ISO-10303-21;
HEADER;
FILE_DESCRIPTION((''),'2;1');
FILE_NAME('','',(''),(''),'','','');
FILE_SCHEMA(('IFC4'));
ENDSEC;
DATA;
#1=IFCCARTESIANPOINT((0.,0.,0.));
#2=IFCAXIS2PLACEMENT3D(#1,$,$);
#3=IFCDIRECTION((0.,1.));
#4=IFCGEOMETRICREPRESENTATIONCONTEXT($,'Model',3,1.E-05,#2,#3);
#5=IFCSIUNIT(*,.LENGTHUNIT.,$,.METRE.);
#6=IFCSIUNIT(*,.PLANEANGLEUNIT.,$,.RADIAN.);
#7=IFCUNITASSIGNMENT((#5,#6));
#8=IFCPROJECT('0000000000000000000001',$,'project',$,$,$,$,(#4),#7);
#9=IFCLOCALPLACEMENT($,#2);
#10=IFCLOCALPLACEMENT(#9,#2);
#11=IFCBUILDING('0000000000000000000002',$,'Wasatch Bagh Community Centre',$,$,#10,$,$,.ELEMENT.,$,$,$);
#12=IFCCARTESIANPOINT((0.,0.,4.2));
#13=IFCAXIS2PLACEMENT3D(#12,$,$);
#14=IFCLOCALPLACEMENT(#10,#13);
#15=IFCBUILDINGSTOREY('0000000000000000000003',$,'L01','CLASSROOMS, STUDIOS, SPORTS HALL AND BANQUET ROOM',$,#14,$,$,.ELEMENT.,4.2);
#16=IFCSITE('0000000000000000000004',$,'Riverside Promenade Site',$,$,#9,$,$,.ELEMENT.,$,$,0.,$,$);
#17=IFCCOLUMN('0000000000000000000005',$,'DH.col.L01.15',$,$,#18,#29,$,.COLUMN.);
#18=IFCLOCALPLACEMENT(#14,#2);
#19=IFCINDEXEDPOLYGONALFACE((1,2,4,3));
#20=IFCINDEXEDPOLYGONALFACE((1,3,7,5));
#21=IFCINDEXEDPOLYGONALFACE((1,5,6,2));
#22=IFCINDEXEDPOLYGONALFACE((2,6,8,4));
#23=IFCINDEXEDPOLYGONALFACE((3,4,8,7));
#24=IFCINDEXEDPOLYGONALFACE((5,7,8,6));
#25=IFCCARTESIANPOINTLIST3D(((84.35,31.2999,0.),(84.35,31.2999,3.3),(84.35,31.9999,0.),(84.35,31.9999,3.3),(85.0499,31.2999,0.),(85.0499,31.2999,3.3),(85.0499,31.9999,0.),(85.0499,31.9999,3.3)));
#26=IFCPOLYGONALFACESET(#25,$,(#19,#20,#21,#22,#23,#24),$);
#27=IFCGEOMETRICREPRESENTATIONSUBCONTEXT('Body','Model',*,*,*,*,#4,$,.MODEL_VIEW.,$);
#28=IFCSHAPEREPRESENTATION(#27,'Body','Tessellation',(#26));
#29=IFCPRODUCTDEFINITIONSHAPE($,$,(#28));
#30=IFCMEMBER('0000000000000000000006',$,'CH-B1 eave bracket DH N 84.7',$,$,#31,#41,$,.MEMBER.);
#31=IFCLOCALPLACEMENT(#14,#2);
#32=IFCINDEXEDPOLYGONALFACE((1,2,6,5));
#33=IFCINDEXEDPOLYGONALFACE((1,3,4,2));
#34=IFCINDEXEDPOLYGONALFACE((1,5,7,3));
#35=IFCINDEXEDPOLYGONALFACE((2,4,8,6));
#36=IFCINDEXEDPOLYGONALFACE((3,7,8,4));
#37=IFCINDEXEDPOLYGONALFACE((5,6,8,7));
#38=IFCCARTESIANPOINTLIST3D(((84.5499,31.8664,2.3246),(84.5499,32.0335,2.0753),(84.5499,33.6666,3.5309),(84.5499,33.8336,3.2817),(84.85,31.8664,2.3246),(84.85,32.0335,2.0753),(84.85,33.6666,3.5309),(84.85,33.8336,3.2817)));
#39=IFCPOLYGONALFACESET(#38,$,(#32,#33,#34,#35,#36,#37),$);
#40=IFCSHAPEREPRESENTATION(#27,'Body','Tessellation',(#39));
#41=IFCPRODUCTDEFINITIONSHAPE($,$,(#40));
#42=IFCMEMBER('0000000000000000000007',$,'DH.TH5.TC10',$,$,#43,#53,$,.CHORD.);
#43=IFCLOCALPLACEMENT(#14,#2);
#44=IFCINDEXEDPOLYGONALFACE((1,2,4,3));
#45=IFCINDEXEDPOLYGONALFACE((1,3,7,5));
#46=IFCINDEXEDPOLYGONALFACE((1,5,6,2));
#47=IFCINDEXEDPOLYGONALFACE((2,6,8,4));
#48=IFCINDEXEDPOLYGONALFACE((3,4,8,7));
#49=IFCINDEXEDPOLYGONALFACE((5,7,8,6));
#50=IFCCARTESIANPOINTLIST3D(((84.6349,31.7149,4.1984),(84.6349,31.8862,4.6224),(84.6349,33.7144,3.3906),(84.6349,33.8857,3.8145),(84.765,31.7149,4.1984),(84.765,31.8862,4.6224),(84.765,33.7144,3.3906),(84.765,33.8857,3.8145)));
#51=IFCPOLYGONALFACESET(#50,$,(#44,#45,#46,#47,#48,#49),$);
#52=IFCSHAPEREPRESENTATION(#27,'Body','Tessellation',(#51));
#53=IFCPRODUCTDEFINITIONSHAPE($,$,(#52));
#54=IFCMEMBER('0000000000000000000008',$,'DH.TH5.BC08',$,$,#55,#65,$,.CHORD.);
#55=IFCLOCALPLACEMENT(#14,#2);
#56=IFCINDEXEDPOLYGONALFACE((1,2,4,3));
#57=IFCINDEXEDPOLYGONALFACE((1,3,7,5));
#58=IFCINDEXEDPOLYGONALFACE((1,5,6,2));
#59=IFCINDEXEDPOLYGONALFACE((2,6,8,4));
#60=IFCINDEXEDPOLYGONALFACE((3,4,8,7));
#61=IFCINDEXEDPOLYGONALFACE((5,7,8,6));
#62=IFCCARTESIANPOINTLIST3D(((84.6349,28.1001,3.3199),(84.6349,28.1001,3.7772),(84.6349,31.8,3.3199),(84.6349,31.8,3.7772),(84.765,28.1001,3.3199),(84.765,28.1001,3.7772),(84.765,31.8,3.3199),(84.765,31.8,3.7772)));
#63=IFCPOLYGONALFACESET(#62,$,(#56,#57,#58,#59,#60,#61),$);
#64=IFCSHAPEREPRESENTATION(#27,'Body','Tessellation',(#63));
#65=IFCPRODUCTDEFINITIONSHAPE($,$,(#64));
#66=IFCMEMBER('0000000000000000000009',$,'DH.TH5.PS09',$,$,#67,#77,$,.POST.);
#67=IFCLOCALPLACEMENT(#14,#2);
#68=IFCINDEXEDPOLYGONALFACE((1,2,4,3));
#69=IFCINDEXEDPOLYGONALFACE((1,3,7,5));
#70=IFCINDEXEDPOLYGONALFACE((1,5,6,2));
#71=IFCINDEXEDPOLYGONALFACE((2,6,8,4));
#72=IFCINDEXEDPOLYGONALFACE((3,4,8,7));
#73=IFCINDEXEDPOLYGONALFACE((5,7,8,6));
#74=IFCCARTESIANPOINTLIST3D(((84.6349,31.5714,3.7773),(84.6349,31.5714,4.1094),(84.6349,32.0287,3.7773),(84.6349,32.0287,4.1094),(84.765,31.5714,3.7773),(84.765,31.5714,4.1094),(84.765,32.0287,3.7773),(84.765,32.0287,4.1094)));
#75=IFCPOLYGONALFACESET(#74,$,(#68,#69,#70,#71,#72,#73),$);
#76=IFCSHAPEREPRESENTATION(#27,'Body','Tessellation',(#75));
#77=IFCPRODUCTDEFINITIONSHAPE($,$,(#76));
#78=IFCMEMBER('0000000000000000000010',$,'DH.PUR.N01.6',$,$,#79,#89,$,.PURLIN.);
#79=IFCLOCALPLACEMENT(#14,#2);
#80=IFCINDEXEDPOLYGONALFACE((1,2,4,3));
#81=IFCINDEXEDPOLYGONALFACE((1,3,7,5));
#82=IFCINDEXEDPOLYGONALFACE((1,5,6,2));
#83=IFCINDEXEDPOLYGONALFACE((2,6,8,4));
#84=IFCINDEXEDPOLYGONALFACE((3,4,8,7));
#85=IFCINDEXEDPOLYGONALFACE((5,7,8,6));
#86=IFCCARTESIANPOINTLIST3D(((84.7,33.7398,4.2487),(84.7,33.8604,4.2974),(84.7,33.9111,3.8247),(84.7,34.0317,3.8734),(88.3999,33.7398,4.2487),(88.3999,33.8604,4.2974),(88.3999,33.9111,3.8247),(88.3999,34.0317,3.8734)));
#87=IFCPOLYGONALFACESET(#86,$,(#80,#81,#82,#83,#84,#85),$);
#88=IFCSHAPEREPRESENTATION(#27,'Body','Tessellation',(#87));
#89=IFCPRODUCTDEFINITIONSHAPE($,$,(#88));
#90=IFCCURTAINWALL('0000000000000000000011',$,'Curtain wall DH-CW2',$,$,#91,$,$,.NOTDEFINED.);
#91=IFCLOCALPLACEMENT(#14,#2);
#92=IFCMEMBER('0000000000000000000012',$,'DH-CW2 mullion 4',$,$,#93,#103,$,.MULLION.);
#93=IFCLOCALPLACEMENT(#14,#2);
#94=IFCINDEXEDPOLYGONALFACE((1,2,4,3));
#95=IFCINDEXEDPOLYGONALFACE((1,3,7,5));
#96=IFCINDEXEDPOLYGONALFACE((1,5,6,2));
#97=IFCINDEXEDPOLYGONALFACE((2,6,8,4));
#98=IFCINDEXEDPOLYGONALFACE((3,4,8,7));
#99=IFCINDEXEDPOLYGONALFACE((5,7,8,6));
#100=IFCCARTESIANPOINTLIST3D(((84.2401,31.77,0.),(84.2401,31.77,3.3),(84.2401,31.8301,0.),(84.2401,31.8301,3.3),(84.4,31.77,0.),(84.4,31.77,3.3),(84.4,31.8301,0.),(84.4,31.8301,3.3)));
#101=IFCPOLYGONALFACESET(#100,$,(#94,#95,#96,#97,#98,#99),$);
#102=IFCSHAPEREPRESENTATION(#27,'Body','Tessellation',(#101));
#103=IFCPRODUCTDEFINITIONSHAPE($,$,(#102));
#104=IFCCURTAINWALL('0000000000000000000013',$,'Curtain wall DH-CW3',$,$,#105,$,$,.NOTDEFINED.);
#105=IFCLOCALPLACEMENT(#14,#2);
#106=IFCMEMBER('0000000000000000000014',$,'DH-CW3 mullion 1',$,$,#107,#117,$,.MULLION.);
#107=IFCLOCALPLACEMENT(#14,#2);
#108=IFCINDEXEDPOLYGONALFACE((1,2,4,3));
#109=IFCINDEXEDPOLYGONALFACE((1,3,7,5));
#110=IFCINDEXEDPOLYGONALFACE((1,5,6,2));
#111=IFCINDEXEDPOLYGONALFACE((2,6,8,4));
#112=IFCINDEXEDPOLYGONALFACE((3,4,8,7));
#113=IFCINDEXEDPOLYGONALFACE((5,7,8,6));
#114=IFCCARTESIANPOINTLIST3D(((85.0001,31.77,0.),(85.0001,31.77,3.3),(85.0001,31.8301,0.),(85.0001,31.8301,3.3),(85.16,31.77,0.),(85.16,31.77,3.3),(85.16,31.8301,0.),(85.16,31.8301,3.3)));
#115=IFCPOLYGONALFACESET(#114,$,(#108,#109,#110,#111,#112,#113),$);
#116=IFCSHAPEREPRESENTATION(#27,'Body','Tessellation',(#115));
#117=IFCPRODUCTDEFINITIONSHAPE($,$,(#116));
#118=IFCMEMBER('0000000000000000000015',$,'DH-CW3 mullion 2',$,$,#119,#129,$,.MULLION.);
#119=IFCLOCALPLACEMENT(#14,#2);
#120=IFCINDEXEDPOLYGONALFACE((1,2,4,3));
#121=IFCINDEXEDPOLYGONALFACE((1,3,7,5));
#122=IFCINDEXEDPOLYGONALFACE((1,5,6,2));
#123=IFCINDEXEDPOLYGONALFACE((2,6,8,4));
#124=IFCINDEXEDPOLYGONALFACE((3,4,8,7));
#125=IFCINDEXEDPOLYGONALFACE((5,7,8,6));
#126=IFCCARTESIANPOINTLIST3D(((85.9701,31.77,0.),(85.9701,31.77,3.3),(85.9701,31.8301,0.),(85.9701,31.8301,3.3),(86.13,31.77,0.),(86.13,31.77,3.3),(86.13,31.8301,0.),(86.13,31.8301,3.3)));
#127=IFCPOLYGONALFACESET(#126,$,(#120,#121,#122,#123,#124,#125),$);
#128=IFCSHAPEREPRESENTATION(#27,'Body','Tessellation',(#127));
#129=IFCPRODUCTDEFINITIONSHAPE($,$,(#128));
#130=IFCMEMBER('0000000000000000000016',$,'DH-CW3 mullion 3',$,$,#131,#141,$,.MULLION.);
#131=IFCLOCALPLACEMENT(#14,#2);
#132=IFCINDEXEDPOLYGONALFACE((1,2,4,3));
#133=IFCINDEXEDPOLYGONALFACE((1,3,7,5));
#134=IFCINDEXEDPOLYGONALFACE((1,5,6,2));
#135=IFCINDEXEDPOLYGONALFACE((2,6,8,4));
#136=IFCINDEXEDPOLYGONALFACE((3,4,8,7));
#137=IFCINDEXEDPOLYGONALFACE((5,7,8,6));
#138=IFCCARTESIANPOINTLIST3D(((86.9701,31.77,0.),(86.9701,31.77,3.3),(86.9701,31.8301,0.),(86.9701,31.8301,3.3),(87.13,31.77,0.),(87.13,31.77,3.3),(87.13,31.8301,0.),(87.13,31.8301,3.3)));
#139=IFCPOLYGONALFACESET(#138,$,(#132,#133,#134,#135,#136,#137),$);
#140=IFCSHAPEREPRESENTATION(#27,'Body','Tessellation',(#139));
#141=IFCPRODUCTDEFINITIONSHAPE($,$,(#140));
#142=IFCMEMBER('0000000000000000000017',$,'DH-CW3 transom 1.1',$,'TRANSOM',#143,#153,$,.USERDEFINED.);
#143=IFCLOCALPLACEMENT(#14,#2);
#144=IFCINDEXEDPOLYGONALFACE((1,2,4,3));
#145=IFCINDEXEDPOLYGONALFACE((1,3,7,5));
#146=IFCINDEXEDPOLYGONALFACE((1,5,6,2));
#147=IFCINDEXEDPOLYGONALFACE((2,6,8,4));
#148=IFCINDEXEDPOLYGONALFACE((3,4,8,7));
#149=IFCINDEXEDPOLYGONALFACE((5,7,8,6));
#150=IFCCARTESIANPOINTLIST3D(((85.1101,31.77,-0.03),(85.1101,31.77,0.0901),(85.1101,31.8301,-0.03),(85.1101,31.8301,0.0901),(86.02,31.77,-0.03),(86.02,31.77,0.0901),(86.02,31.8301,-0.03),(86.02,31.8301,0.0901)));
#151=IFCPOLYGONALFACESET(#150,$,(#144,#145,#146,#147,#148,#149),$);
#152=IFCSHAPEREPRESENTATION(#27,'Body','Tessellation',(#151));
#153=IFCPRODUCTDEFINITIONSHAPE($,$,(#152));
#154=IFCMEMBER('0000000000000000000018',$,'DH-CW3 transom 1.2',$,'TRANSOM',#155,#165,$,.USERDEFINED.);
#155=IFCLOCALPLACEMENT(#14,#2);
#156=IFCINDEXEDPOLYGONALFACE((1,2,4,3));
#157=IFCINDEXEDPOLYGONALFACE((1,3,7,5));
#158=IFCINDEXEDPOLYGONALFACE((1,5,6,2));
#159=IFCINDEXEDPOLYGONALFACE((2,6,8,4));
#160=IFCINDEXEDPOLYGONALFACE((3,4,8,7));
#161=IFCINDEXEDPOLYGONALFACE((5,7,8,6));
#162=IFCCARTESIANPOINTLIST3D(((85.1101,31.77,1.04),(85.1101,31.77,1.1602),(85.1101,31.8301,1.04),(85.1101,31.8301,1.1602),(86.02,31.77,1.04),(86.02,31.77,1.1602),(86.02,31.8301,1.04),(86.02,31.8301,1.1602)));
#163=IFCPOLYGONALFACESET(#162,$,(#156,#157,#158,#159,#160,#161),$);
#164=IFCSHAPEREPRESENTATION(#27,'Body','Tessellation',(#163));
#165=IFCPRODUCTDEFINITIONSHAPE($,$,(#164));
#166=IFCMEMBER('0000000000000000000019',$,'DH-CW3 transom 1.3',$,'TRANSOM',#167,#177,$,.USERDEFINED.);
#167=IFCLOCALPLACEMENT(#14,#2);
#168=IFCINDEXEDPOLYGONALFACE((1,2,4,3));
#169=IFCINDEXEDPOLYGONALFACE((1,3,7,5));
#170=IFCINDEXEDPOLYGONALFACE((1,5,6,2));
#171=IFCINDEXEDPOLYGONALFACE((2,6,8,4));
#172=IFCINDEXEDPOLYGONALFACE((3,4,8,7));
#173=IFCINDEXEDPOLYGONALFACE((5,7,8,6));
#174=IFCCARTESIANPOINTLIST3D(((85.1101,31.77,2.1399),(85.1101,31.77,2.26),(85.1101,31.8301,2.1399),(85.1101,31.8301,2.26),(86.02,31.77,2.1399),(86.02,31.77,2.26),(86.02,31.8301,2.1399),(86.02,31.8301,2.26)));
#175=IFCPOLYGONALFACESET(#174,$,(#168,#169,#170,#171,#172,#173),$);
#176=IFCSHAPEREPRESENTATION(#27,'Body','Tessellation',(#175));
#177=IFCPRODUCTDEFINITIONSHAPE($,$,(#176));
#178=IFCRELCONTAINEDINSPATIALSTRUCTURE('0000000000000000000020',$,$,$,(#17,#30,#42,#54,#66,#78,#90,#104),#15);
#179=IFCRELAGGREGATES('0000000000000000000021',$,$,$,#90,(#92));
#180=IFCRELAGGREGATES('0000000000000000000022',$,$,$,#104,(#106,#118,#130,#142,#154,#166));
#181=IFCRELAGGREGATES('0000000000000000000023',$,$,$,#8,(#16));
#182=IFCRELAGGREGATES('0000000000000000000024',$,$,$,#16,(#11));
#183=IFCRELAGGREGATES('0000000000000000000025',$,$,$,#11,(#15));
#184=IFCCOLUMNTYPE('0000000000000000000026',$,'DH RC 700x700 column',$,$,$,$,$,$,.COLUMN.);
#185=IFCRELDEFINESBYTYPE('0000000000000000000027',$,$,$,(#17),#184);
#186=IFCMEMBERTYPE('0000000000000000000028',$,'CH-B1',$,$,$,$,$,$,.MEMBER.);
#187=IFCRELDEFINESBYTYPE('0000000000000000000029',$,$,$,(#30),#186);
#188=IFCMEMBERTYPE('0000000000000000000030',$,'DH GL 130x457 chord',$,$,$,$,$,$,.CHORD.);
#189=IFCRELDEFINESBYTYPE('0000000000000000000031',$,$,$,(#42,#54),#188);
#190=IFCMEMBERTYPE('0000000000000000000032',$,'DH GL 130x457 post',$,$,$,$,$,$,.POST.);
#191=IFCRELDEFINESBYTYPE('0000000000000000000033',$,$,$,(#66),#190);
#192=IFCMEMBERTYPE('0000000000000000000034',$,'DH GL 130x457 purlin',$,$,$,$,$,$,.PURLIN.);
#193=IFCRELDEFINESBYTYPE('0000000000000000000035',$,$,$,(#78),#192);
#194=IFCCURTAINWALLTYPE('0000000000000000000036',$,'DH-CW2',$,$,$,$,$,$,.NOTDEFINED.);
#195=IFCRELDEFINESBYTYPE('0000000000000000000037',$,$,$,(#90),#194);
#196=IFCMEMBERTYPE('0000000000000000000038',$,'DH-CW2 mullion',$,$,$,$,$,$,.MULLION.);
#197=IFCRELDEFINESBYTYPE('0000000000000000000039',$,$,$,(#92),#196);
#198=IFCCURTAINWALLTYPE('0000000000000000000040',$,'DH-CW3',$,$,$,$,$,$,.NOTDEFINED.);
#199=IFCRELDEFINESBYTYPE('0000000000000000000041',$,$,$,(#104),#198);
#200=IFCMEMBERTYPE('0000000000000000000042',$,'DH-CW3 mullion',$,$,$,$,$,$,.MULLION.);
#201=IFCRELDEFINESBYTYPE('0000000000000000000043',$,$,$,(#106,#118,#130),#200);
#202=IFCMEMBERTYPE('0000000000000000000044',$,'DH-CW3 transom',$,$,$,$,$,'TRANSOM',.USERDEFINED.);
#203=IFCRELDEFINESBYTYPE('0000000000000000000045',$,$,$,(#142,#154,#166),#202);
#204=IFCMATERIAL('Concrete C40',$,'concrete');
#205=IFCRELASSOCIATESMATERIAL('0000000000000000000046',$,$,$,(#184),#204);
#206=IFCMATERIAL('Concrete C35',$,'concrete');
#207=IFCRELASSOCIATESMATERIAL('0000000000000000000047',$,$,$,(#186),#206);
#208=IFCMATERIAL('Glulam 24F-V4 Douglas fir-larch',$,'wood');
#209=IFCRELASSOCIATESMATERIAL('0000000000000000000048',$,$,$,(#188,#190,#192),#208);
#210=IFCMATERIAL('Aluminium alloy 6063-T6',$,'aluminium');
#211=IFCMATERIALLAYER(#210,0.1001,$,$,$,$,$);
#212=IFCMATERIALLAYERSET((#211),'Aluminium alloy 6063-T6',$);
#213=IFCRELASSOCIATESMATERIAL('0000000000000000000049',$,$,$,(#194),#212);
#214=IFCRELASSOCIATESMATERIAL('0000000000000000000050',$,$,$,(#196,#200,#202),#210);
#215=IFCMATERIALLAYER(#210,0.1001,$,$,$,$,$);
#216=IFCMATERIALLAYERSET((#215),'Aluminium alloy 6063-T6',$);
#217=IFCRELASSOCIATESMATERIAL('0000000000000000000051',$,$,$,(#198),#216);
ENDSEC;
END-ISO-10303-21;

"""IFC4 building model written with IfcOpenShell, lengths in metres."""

from ifc_helpers import new_model, si_unit, direction, frame, origin, origin_2d, place, context, subcontext, project, spatial, rectangle, extrude, material, layer, layer_set, material_profile, profile_set, type_object, element, aggregate, save


model = new_model("IFC4")

# Units and contexts
model_context = context("Model", 3, precision=1e-05, world=origin(), true_north=direction((0.0, 1.0)))
body_context = subcontext(model_context, "Body", "Model", "MODEL_VIEW")
ifc_project = project(units=[si_unit("LENGTHUNIT", "METRE"), si_unit("PLANEANGLEUNIT", "RADIAN")], contexts=[model_context])

# Site, building, storey
site_placement = place(None, origin())
site = spatial("IfcSite", under=ifc_project, at=site_placement, Name="Riverside Promenade Site", CompositionType="ELEMENT", RefElevation=0.0)
building_placement = place(site_placement, origin())
building = spatial("IfcBuilding", under=site, at=building_placement, Name="Wasatch Bagh Community Centre", CompositionType="ELEMENT")
storey_placement = place(building_placement, frame((0.0, 0.0, 4.2)))
storey = spatial("IfcBuildingStorey", under=building, at=storey_placement, Name="L01", Description="CLASSROOMS, STUDIOS, SPORTS HALL AND BANQUET ROOM", CompositionType="ELEMENT", Elevation=4.2)

# Column
ifc_material_1 = material(Name="Concrete C40", Category="concrete")
ifc_material_profile_1 = material_profile(ifc_material_1, rectangle(XDim=0.7, YDim=0.7, at=origin_2d()), Name="RC 700x700")
ifc_profile_set_1 = profile_set([ifc_material_profile_1], Name="Concrete C40")
column_type = type_object("IfcColumnType", Name="DH RC 700x700 column", PredefinedType="COLUMN", material=ifc_profile_set_1)
column_placement = place(storey_placement, frame((84.7, 31.6499, 0.0), z_axis=(0.0, 0.0, 1.0), x_axis=(1.0, 0.0, 0.0)))
element("IfcColumn", 1, at=column_placement, inside=storey, type_object=column_type, Name="DH.col.L01.15", PredefinedType="COLUMN", context=body_context, shape_type="SweptSolid", body=[
    extrude(rectangle(XDim=0.7, YDim=0.7, at=origin_2d()), origin(), (0.0, 0.0, 1.0), 3.3),
])

# Members
ifc_material_2 = material(Name="Concrete C35", Category="concrete")
ifc_material_profile_2 = material_profile(ifc_material_2, rectangle(XDim=0.3, YDim=0.3, at=origin_2d()), Name="RC 300x300")
ifc_profile_set_2 = profile_set([ifc_material_profile_2], Name="Concrete C35")
member_type_1 = type_object("IfcMemberType", Name="CH-B1", PredefinedType="MEMBER", material=ifc_profile_set_2)
member_1_placement = place(storey_placement, frame((84.7, 31.95, 2.2), z_axis=(0.0, 0.830713, 0.556701), x_axis=(-1.0, 0.0, 0.0)))
element("IfcMember", 2, at=member_1_placement, inside=storey, type_object=member_type_1, Name="CH-B1 eave bracket DH N 84.7", PredefinedType="MEMBER", context=body_context, shape_type="SweptSolid", body=[
    extrude(rectangle(XDim=0.3, YDim=0.3, at=origin_2d()), origin(), (0.0, 0.0, 1.0), 2.167),
])
ifc_material_3 = material(Name="Glulam 24F-V4 Douglas fir-larch", Category="wood")
ifc_material_profile_3 = material_profile(ifc_material_3, rectangle(XDim=0.1301, YDim=0.4573, at=origin_2d()), Name="GL 130x457")
ifc_profile_set_3 = profile_set([ifc_material_profile_3], Name="Glulam 24F-V4 Douglas fir-larch")
member_type_2 = type_object("IfcMemberType", Name="DH GL 130x457 chord", PredefinedType="CHORD", material=ifc_profile_set_3)
member_2_placement = place(storey_placement, frame((84.7, 31.8005, 4.4104), z_axis=(0.0, 0.927183, -0.374609), x_axis=(-1.0, 0.0, 0.0)))
element("IfcMember", 3, at=member_2_placement, inside=storey, type_object=member_type_2, Name="DH.TH5.TC10", PredefinedType="CHORD", context=body_context, shape_type="SweptSolid", body=[
    extrude(rectangle(XDim=0.1301, YDim=0.4573, at=origin_2d()), origin(), (0.0, 0.0, 1.0), 2.1565),
])
member_3_placement = place(storey_placement, frame((84.7, 28.1001, 3.5486), z_axis=(0.0, 1.0, 0.0), x_axis=(-1.0, 0.0, 0.0)))
element("IfcMember", 4, at=member_3_placement, inside=storey, type_object=member_type_2, Name="DH.TH5.BC08", PredefinedType="CHORD", context=body_context, shape_type="SweptSolid", body=[
    extrude(rectangle(XDim=0.1301, YDim=0.4573, at=origin_2d()), origin(), (0.0, 0.0, 1.0), 3.7),
])
ifc_material_profile_4 = material_profile(ifc_material_3, rectangle(XDim=0.1301, YDim=0.4573, at=origin_2d()), Name="GL 130x457")
ifc_profile_set_4 = profile_set([ifc_material_profile_4], Name="Glulam 24F-V4 Douglas fir-larch")
member_type_3 = type_object("IfcMemberType", Name="DH GL 130x457 post", PredefinedType="POST", material=ifc_profile_set_4)
member_4_placement = place(storey_placement, frame((84.7, 31.8, 3.7773), z_axis=(0.0, 0.0, 1.0), x_axis=(1.0, 0.0, 0.0)))
element("IfcMember", 5, at=member_4_placement, inside=storey, type_object=member_type_3, Name="DH.TH5.PS09", PredefinedType="POST", context=body_context, shape_type="SweptSolid", body=[
    extrude(rectangle(XDim=0.1301, YDim=0.4573, at=origin_2d()), origin(), (0.0, 0.0, 1.0), 0.332),
])
ifc_material_profile_5 = material_profile(ifc_material_3, rectangle(XDim=0.1301, YDim=0.4573, at=origin_2d()), Name="GL 130x457")
ifc_profile_set_5 = profile_set([ifc_material_profile_5], Name="Glulam 24F-V4 Douglas fir-larch")
member_type_4 = type_object("IfcMemberType", Name="DH GL 130x457 purlin", PredefinedType="PURLIN", material=ifc_profile_set_5)
member_5_placement = place(storey_placement, frame((84.7, 33.8857, 4.061), z_axis=(1.0, 0.0, 0.0), x_axis=(0.0, 0.927184, 0.374607)))
element("IfcMember", 6, at=member_5_placement, inside=storey, type_object=member_type_4, Name="DH.PUR.N01.6", PredefinedType="PURLIN", context=body_context, shape_type="SweptSolid", body=[
    extrude(rectangle(XDim=0.1301, YDim=0.4573, at=origin_2d()), origin(), (0.0, 0.0, 1.0), 3.7),
])

# Curtain wall, member
ifc_material_4 = material(Name="Aluminium alloy 6063-T6", Category="aluminium")
ifc_layer_1 = layer(ifc_material_4, 0.1001)
ifc_layer_set_1 = layer_set([ifc_layer_1], Name="Aluminium alloy 6063-T6")
curtain_wall_type_1 = type_object("IfcCurtainWallType", Name="DH-CW2", PredefinedType="NOTDEFINED", material=ifc_layer_set_1)
curtain_wall_1_placement = place(storey_placement, origin())
curtain_wall_1 = element("IfcCurtainWall", 7, at=curtain_wall_1_placement, inside=storey, type_object=curtain_wall_type_1, Name="Curtain wall DH-CW2", PredefinedType="NOTDEFINED")
ifc_material_profile_6 = material_profile(ifc_material_4, rectangle(XDim=0.0601, YDim=0.1599, at=origin_2d()), Name="AL 60x160")
ifc_profile_set_6 = profile_set([ifc_material_profile_6], Name="Aluminium alloy 6063-T6")
member_type_5 = type_object("IfcMemberType", Name="DH-CW2 mullion", PredefinedType="MULLION", material=ifc_profile_set_6)
member_6_placement = place(storey_placement, frame((84.3201, 31.8, 0.0), z_axis=(0.0, 0.0, 1.0), x_axis=(0.0, 1.0, 0.0)))
member_6 = element("IfcMember", 8, at=member_6_placement, type_object=member_type_5, Name="DH-CW2 mullion 4", PredefinedType="MULLION", context=body_context, shape_type="SweptSolid", body=[
    extrude(rectangle(XDim=0.0601, YDim=0.1599, at=origin_2d()), origin(), (0.0, 0.0, 1.0), 3.3),
])

# Curtain wall, members
ifc_layer_2 = layer(ifc_material_4, 0.1001)
ifc_layer_set_2 = layer_set([ifc_layer_2], Name="Aluminium alloy 6063-T6")
curtain_wall_type_2 = type_object("IfcCurtainWallType", Name="DH-CW3", PredefinedType="NOTDEFINED", material=ifc_layer_set_2)
curtain_wall_2_placement = place(storey_placement, origin())
curtain_wall_2 = element("IfcCurtainWall", 9, at=curtain_wall_2_placement, inside=storey, type_object=curtain_wall_type_2, Name="Curtain wall DH-CW3", PredefinedType="NOTDEFINED")
ifc_material_profile_7 = material_profile(ifc_material_4, rectangle(XDim=0.0601, YDim=0.1599, at=origin_2d()), Name="AL 60x160")
ifc_profile_set_7 = profile_set([ifc_material_profile_7], Name="Aluminium alloy 6063-T6")
member_type_6 = type_object("IfcMemberType", Name="DH-CW3 mullion", PredefinedType="MULLION", material=ifc_profile_set_7)
member_7_placement = place(storey_placement, frame((85.0801, 31.8, 0.0), z_axis=(0.0, 0.0, 1.0), x_axis=(0.0, 1.0, 0.0)))
member_7 = element("IfcMember", 10, at=member_7_placement, type_object=member_type_6, Name="DH-CW3 mullion 1", PredefinedType="MULLION", context=body_context, shape_type="SweptSolid", body=[
    extrude(rectangle(XDim=0.0601, YDim=0.1599, at=origin_2d()), origin(), (0.0, 0.0, 1.0), 3.3),
])
member_8_placement = place(storey_placement, frame((86.05, 31.8, 0.0), z_axis=(0.0, 0.0, 1.0), x_axis=(0.0, 1.0, 0.0)))
member_8 = element("IfcMember", 11, at=member_8_placement, type_object=member_type_6, Name="DH-CW3 mullion 2", PredefinedType="MULLION", context=body_context, shape_type="SweptSolid", body=[
    extrude(rectangle(XDim=0.0601, YDim=0.1599, at=origin_2d()), origin(), (0.0, 0.0, 1.0), 3.3),
])
member_9_placement = place(storey_placement, frame((87.05, 31.8, 0.0), z_axis=(0.0, 0.0, 1.0), x_axis=(0.0, 1.0, 0.0)))
member_9 = element("IfcMember", 12, at=member_9_placement, type_object=member_type_6, Name="DH-CW3 mullion 3", PredefinedType="MULLION", context=body_context, shape_type="SweptSolid", body=[
    extrude(rectangle(XDim=0.0601, YDim=0.1599, at=origin_2d()), origin(), (0.0, 0.0, 1.0), 3.3),
])
ifc_material_profile_8 = material_profile(ifc_material_4, rectangle(XDim=0.0601, YDim=0.1201, at=origin_2d()), Name="AL 60x120")
ifc_profile_set_8 = profile_set([ifc_material_profile_8], Name="Aluminium alloy 6063-T6")
member_type_7 = type_object("IfcMemberType", Name="DH-CW3 transom", ElementType="TRANSOM", PredefinedType="USERDEFINED", material=ifc_profile_set_8)
member_10_placement = place(storey_placement, frame((85.1101, 31.8, 0.03), z_axis=(1.0, 0.0, 0.0), x_axis=(0.0, 1.0, 0.0)))
member_10 = element("IfcMember", 13, at=member_10_placement, type_object=member_type_7, Name="DH-CW3 transom 1.1", ObjectType="TRANSOM", PredefinedType="USERDEFINED", context=body_context, shape_type="SweptSolid", body=[
    extrude(rectangle(XDim=0.0601, YDim=0.1201, at=origin_2d()), origin(), (0.0, 0.0, 1.0), 0.9099),
])
member_11_placement = place(storey_placement, frame((85.1101, 31.8, 1.1001), z_axis=(1.0, 0.0, 0.0), x_axis=(0.0, 1.0, 0.0)))
member_11 = element("IfcMember", 14, at=member_11_placement, type_object=member_type_7, Name="DH-CW3 transom 1.2", ObjectType="TRANSOM", PredefinedType="USERDEFINED", context=body_context, shape_type="SweptSolid", body=[
    extrude(rectangle(XDim=0.0601, YDim=0.1201, at=origin_2d()), origin(), (0.0, 0.0, 1.0), 0.9099),
])
member_12_placement = place(storey_placement, frame((85.1101, 31.8, 2.2), z_axis=(1.0, 0.0, 0.0), x_axis=(0.0, 1.0, 0.0)))
member_12 = element("IfcMember", 15, at=member_12_placement, type_object=member_type_7, Name="DH-CW3 transom 1.3", ObjectType="TRANSOM", PredefinedType="USERDEFINED", context=body_context, shape_type="SweptSolid", body=[
    extrude(rectangle(XDim=0.0601, YDim=0.1201, at=origin_2d()), origin(), (0.0, 0.0, 1.0), 0.9099),
])

aggregate(curtain_wall_1, [member_6])
aggregate(curtain_wall_2, [member_7, member_8, member_9, member_10, member_11, member_12])

save(model, "model.ifc")
